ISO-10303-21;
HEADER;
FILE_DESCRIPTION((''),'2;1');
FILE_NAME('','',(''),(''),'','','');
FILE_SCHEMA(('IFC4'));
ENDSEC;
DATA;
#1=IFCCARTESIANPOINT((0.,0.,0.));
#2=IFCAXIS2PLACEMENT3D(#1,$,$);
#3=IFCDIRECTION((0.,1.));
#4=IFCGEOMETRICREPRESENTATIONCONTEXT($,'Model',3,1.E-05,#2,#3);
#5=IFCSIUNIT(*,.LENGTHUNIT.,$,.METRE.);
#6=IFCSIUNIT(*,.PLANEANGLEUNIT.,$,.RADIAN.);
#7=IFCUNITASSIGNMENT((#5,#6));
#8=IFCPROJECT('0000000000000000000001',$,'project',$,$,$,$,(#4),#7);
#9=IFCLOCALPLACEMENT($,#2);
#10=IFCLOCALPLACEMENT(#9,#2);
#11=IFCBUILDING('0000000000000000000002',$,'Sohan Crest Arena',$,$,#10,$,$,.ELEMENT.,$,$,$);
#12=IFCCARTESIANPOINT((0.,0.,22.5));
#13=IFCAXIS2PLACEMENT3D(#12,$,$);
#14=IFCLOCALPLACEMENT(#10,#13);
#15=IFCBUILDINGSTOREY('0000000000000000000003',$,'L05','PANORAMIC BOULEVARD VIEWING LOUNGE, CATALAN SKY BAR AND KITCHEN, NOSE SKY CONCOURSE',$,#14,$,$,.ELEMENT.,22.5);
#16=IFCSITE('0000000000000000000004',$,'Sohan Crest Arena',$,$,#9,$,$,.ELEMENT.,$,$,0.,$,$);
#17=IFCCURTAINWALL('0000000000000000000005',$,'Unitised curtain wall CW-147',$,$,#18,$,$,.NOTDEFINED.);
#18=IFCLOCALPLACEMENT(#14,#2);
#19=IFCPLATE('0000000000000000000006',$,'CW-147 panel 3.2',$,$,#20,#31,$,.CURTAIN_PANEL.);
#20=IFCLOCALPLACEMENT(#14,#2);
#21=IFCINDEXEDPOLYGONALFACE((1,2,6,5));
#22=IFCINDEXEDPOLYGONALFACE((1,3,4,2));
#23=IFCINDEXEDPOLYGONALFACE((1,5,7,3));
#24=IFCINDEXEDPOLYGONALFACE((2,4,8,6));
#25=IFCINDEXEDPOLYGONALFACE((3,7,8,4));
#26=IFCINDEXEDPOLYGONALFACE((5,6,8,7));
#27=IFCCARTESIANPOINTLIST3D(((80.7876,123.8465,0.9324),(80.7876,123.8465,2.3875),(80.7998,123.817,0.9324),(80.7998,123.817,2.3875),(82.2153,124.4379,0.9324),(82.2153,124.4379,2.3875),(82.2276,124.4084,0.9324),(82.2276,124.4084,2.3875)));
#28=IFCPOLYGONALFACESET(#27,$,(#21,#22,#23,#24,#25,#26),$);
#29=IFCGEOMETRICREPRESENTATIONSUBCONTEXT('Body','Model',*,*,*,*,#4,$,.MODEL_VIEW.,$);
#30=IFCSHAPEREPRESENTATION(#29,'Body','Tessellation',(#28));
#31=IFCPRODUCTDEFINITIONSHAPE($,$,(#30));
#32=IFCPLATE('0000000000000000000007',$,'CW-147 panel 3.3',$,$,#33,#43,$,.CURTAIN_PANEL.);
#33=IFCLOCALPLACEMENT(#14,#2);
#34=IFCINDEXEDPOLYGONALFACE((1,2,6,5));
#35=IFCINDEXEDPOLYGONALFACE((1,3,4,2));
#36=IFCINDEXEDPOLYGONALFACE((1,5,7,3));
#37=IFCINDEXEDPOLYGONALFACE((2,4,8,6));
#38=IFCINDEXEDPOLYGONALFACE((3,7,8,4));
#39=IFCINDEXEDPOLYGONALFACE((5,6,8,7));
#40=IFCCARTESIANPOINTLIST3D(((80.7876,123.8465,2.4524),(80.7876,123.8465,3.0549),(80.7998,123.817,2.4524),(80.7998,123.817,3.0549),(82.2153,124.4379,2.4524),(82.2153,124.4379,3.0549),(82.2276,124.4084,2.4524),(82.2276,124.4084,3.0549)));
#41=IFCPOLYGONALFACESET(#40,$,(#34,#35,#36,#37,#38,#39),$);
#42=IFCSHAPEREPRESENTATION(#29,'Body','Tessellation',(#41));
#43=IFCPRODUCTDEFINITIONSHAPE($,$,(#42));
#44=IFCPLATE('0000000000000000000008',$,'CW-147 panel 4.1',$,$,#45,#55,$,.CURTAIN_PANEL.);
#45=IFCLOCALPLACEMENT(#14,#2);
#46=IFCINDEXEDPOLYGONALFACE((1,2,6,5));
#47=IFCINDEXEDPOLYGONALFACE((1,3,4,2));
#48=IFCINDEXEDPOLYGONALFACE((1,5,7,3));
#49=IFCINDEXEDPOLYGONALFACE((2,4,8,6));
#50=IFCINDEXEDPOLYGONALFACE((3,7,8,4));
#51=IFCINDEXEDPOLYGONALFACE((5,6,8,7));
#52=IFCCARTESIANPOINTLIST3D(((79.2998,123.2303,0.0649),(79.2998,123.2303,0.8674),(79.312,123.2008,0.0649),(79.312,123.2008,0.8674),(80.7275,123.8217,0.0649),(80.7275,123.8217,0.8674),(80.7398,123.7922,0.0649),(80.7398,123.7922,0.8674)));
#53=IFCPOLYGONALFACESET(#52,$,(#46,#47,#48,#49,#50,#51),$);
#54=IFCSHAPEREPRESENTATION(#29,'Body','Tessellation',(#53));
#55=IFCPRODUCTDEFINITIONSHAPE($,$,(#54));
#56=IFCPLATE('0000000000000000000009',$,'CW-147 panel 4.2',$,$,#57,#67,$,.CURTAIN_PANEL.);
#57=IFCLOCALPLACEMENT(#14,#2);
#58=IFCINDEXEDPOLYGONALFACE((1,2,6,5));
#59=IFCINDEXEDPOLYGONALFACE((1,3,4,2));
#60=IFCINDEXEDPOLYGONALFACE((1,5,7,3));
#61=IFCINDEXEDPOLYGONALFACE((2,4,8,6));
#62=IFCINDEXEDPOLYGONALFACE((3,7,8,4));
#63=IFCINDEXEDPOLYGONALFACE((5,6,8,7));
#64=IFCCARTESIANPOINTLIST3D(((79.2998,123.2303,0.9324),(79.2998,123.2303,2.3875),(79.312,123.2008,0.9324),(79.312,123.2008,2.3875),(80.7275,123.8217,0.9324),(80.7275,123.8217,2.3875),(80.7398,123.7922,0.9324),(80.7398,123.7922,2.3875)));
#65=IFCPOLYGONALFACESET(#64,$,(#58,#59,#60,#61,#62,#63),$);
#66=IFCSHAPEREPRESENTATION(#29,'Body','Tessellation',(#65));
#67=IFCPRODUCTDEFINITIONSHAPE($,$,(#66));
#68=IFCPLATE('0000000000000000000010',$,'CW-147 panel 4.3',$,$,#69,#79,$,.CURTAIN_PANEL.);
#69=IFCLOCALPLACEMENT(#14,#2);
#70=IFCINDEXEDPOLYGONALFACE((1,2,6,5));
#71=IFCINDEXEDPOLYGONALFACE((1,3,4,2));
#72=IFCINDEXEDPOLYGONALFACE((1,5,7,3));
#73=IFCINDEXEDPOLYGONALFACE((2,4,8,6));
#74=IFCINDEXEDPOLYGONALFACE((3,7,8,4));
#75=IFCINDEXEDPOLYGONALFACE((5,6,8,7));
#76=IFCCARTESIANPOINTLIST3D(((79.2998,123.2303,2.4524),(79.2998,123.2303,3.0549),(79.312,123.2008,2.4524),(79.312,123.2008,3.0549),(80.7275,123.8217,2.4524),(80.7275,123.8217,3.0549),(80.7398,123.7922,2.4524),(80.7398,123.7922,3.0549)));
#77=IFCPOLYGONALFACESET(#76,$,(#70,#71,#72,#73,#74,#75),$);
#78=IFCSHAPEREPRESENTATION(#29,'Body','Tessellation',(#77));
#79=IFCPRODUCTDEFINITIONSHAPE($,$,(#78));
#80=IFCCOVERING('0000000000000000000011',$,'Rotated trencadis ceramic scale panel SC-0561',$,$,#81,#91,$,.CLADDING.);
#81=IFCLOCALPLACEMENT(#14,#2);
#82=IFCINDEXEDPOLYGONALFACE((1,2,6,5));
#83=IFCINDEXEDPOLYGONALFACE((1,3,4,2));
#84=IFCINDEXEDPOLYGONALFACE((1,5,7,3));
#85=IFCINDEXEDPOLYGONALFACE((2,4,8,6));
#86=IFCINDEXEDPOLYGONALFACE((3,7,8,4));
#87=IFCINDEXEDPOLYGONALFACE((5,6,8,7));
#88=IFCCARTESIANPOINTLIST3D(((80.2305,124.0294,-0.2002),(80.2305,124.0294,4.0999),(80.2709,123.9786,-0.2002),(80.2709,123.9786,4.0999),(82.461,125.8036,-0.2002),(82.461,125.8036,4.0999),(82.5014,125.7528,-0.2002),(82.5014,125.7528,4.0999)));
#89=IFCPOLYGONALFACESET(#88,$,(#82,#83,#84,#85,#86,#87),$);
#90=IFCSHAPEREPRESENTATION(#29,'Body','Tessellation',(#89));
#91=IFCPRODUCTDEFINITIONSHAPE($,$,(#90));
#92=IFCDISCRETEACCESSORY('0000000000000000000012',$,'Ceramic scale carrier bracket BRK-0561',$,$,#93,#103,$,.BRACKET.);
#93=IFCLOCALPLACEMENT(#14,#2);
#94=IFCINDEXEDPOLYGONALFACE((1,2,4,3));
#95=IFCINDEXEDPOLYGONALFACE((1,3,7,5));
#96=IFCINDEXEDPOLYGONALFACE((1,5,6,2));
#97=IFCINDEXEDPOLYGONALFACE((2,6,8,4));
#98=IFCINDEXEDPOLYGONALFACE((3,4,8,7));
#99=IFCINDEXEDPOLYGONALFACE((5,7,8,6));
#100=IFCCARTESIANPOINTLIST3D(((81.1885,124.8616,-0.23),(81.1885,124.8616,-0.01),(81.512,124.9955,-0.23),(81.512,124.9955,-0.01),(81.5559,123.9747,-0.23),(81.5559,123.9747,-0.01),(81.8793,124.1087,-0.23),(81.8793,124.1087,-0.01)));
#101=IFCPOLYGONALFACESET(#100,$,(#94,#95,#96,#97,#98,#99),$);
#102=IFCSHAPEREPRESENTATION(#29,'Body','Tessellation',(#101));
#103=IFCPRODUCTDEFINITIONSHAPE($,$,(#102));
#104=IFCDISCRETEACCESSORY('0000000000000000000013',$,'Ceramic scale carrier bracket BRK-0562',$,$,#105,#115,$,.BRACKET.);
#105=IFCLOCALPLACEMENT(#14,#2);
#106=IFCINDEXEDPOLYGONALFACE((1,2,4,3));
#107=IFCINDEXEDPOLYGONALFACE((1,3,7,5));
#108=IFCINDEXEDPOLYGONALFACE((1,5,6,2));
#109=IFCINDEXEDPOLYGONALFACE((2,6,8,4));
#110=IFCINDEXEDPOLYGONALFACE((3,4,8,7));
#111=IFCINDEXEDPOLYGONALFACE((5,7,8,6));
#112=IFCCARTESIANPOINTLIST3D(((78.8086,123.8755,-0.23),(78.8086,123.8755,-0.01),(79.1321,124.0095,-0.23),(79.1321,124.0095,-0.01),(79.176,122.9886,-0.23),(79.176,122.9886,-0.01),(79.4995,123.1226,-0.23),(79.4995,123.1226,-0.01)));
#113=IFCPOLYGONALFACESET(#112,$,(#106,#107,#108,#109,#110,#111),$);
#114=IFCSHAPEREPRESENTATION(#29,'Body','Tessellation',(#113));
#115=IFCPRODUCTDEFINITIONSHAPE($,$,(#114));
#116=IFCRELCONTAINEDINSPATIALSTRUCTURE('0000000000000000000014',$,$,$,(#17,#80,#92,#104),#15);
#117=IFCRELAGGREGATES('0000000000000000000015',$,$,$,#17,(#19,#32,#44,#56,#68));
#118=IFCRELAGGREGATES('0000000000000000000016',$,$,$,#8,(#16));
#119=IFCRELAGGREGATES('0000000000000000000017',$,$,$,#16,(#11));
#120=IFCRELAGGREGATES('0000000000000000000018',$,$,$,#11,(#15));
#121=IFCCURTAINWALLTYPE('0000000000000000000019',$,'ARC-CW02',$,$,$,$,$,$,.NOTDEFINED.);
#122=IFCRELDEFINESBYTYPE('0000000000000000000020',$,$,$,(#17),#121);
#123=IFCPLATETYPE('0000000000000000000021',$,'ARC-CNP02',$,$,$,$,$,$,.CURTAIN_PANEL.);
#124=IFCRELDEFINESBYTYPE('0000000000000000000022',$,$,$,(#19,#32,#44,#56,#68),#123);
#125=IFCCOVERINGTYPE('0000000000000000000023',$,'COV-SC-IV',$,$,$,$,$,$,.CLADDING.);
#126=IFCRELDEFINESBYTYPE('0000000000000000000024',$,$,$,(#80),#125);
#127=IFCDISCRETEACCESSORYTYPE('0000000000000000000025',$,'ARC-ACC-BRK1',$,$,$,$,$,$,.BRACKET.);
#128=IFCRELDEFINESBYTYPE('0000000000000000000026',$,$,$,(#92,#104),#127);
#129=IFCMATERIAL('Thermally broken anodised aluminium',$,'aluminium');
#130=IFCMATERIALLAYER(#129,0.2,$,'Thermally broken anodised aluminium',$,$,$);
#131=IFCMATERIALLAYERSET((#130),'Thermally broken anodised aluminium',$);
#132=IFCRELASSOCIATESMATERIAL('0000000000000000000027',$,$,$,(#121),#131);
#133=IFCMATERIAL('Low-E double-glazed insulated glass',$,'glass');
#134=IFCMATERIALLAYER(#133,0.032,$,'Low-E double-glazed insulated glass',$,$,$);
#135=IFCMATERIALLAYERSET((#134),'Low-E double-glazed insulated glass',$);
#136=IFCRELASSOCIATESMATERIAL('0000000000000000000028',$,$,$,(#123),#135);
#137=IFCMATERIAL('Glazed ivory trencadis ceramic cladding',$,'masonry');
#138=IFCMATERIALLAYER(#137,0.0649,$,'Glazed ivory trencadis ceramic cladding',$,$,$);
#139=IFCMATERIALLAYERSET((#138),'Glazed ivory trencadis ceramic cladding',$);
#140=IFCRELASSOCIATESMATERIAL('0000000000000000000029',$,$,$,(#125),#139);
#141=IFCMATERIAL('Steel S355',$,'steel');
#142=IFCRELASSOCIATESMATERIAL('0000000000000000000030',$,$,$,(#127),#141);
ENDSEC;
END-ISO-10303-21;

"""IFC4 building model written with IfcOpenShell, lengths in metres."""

from ifc_helpers import new_model, si_unit, direction, frame, origin, origin_2d, place, context, subcontext, project, spatial, rectangle, extrude, material, layer, layer_set, type_object, element, aggregate, save


model = new_model("IFC4")

# Units and contexts
model_context = context("Model", 3, precision=1e-05, world=origin(), true_north=direction((0.0, 1.0)))
body_context = subcontext(model_context, "Body", "Model", "MODEL_VIEW")
ifc_project = project(units=[si_unit("LENGTHUNIT", "METRE"), si_unit("PLANEANGLEUNIT", "RADIAN")], contexts=[model_context])

# Site, building, storey
site_placement = place(None, origin())
site = spatial("IfcSite", under=ifc_project, at=site_placement, Name="Sohan Crest Arena", CompositionType="ELEMENT", RefElevation=0.0)
building_placement = place(site_placement, origin())
building = spatial("IfcBuilding", under=site, at=building_placement, Name="Sohan Crest Arena", CompositionType="ELEMENT")
storey_placement = place(building_placement, frame((0.0, 0.0, 22.5)))
storey = spatial("IfcBuildingStorey", under=building, at=storey_placement, Name="L05", Description="PANORAMIC BOULEVARD VIEWING LOUNGE, CATALAN SKY BAR AND KITCHEN, NOSE SKY CONCOURSE", CompositionType="ELEMENT", Elevation=22.5)

# Curtain wall, plates
ifc_material_1 = material(Name="Thermally broken anodised aluminium", Category="aluminium")
ifc_layer_1 = layer(ifc_material_1, 0.2, Name="Thermally broken anodised aluminium")
ifc_layer_set_1 = layer_set([ifc_layer_1], Name="Thermally broken anodised aluminium")
curtain_wall_type = type_object("IfcCurtainWallType", Name="ARC-CW02", PredefinedType="NOTDEFINED", material=ifc_layer_set_1)
curtain_wall_placement = place(storey_placement, origin())
curtain_wall = element("IfcCurtainWall", 1, at=curtain_wall_placement, inside=storey, type_object=curtain_wall_type, Name="Unitised curtain wall CW-147", PredefinedType="NOTDEFINED")
ifc_material_2 = material(Name="Low-E double-glazed insulated glass", Category="glass")
ifc_layer_2 = layer(ifc_material_2, 0.032, Name="Low-E double-glazed insulated glass")
ifc_layer_set_2 = layer_set([ifc_layer_2], Name="Low-E double-glazed insulated glass")
plate_type = type_object("IfcPlateType", Name="ARC-CNP02", PredefinedType="CURTAIN_PANEL", material=ifc_layer_set_2)
plate_1_placement = place(storey_placement, frame((81.5076, 124.1274, 0.9324), z_axis=(0.0, 0.0, 1.0), x_axis=(-0.923879, -0.382685, 0.0)))
plate_1 = element("IfcPlate", 2, at=plate_1_placement, type_object=plate_type, Name="CW-147 panel 3.2", PredefinedType="CURTAIN_PANEL", context=body_context, shape_type="SweptSolid", body=[
    extrude(rectangle(XDim=1.5454, YDim=0.032, at=origin_2d()), origin(), (0.0, 0.0, 1.0), 1.4551),
])
plate_2_placement = place(storey_placement, frame((81.5076, 124.1274, 2.4524), z_axis=(0.0, 0.0, 1.0), x_axis=(-0.923879, -0.382685, 0.0)))
plate_2 = element("IfcPlate", 3, at=plate_2_placement, type_object=plate_type, Name="CW-147 panel 3.3", PredefinedType="CURTAIN_PANEL", context=body_context, shape_type="SweptSolid", body=[
    extrude(rectangle(XDim=1.5454, YDim=0.032, at=origin_2d()), origin(), (0.0, 0.0, 1.0), 0.6025),
])
plate_3_placement = place(storey_placement, frame((80.0198, 123.5112, 0.0649), z_axis=(0.0, 0.0, 1.0), x_axis=(-0.923879, -0.382685, 0.0)))
plate_3 = element("IfcPlate", 4, at=plate_3_placement, type_object=plate_type, Name="CW-147 panel 4.1", PredefinedType="CURTAIN_PANEL", context=body_context, shape_type="SweptSolid", body=[
    extrude(rectangle(XDim=1.5454, YDim=0.032, at=origin_2d()), origin(), (0.0, 0.0, 1.0), 0.8025),
])
plate_4_placement = place(storey_placement, frame((80.0198, 123.5112, 0.9324), z_axis=(0.0, 0.0, 1.0), x_axis=(-0.923879, -0.382685, 0.0)))
plate_4 = element("IfcPlate", 5, at=plate_4_placement, type_object=plate_type, Name="CW-147 panel 4.2", PredefinedType="CURTAIN_PANEL", context=body_context, shape_type="SweptSolid", body=[
    extrude(rectangle(XDim=1.5454, YDim=0.032, at=origin_2d()), origin(), (0.0, 0.0, 1.0), 1.4551),
])
plate_5_placement = place(storey_placement, frame((80.0198, 123.5112, 2.4524), z_axis=(0.0, 0.0, 1.0), x_axis=(-0.923879, -0.382685, 0.0)))
plate_5 = element("IfcPlate", 6, at=plate_5_placement, type_object=plate_type, Name="CW-147 panel 4.3", PredefinedType="CURTAIN_PANEL", context=body_context, shape_type="SweptSolid", body=[
    extrude(rectangle(XDim=1.5454, YDim=0.032, at=origin_2d()), origin(), (0.0, 0.0, 1.0), 0.6025),
])
aggregate(curtain_wall, [plate_1, plate_2, plate_3, plate_4, plate_5])

# Covering
ifc_material_3 = material(Name="Glazed ivory trencadis ceramic cladding", Category="masonry")
ifc_layer_3 = layer(ifc_material_3, 0.0649, Name="Glazed ivory trencadis ceramic cladding")
ifc_layer_set_3 = layer_set([ifc_layer_3], Name="Glazed ivory trencadis ceramic cladding")
covering_type = type_object("IfcCoveringType", Name="COV-SC-IV", PredefinedType="CLADDING", material=ifc_layer_set_3)
covering_placement = place(storey_placement, frame((81.366, 124.8911, -0.2002), z_axis=(0.0, 0.0, 1.0), x_axis=(-0.782608, -0.622515, 0.0)))
element("IfcCovering", 7, at=covering_placement, inside=storey, type_object=covering_type, Name="Rotated trencadis ceramic scale panel SC-0561", PredefinedType="CLADDING", context=body_context, shape_type="SweptSolid", body=[
    extrude(rectangle(XDim=2.8501, YDim=0.0649, at=origin_2d()), origin(), (0.0, 0.0, 1.0), 4.3),
])

# Discrete accessories
ifc_material_4 = material(Name="Steel S355", Category="steel")
discrete_accessory_type = type_object("IfcDiscreteAccessoryType", Name="ARC-ACC-BRK1", PredefinedType="BRACKET", material=ifc_material_4)
for number, where, z_axis, x_axis, name in (
    (8, (81.5339, 124.4851, -0.23), (0.0, 0.0, 1.0), (-0.92388, -0.382683, 0.0), "Ceramic scale carrier bracket BRK-0561"),
    (9, (79.1541, 123.499, -0.23), (0.0, 0.0, 1.0), (-0.92388, -0.382683, 0.0), "Ceramic scale carrier bracket BRK-0562"),
):
    element("IfcDiscreteAccessory", number, at=place(storey_placement, frame(where, z_axis=z_axis, x_axis=x_axis)), inside=storey, type_object=discrete_accessory_type, Name=name, PredefinedType="BRACKET", context=body_context, shape_type="SweptSolid", body=[
        extrude(rectangle(XDim=0.3501, YDim=0.96, at=origin_2d()), origin(), (0.0, 0.0, 1.0), 0.22),
    ])

save(model, "model.ifc")
